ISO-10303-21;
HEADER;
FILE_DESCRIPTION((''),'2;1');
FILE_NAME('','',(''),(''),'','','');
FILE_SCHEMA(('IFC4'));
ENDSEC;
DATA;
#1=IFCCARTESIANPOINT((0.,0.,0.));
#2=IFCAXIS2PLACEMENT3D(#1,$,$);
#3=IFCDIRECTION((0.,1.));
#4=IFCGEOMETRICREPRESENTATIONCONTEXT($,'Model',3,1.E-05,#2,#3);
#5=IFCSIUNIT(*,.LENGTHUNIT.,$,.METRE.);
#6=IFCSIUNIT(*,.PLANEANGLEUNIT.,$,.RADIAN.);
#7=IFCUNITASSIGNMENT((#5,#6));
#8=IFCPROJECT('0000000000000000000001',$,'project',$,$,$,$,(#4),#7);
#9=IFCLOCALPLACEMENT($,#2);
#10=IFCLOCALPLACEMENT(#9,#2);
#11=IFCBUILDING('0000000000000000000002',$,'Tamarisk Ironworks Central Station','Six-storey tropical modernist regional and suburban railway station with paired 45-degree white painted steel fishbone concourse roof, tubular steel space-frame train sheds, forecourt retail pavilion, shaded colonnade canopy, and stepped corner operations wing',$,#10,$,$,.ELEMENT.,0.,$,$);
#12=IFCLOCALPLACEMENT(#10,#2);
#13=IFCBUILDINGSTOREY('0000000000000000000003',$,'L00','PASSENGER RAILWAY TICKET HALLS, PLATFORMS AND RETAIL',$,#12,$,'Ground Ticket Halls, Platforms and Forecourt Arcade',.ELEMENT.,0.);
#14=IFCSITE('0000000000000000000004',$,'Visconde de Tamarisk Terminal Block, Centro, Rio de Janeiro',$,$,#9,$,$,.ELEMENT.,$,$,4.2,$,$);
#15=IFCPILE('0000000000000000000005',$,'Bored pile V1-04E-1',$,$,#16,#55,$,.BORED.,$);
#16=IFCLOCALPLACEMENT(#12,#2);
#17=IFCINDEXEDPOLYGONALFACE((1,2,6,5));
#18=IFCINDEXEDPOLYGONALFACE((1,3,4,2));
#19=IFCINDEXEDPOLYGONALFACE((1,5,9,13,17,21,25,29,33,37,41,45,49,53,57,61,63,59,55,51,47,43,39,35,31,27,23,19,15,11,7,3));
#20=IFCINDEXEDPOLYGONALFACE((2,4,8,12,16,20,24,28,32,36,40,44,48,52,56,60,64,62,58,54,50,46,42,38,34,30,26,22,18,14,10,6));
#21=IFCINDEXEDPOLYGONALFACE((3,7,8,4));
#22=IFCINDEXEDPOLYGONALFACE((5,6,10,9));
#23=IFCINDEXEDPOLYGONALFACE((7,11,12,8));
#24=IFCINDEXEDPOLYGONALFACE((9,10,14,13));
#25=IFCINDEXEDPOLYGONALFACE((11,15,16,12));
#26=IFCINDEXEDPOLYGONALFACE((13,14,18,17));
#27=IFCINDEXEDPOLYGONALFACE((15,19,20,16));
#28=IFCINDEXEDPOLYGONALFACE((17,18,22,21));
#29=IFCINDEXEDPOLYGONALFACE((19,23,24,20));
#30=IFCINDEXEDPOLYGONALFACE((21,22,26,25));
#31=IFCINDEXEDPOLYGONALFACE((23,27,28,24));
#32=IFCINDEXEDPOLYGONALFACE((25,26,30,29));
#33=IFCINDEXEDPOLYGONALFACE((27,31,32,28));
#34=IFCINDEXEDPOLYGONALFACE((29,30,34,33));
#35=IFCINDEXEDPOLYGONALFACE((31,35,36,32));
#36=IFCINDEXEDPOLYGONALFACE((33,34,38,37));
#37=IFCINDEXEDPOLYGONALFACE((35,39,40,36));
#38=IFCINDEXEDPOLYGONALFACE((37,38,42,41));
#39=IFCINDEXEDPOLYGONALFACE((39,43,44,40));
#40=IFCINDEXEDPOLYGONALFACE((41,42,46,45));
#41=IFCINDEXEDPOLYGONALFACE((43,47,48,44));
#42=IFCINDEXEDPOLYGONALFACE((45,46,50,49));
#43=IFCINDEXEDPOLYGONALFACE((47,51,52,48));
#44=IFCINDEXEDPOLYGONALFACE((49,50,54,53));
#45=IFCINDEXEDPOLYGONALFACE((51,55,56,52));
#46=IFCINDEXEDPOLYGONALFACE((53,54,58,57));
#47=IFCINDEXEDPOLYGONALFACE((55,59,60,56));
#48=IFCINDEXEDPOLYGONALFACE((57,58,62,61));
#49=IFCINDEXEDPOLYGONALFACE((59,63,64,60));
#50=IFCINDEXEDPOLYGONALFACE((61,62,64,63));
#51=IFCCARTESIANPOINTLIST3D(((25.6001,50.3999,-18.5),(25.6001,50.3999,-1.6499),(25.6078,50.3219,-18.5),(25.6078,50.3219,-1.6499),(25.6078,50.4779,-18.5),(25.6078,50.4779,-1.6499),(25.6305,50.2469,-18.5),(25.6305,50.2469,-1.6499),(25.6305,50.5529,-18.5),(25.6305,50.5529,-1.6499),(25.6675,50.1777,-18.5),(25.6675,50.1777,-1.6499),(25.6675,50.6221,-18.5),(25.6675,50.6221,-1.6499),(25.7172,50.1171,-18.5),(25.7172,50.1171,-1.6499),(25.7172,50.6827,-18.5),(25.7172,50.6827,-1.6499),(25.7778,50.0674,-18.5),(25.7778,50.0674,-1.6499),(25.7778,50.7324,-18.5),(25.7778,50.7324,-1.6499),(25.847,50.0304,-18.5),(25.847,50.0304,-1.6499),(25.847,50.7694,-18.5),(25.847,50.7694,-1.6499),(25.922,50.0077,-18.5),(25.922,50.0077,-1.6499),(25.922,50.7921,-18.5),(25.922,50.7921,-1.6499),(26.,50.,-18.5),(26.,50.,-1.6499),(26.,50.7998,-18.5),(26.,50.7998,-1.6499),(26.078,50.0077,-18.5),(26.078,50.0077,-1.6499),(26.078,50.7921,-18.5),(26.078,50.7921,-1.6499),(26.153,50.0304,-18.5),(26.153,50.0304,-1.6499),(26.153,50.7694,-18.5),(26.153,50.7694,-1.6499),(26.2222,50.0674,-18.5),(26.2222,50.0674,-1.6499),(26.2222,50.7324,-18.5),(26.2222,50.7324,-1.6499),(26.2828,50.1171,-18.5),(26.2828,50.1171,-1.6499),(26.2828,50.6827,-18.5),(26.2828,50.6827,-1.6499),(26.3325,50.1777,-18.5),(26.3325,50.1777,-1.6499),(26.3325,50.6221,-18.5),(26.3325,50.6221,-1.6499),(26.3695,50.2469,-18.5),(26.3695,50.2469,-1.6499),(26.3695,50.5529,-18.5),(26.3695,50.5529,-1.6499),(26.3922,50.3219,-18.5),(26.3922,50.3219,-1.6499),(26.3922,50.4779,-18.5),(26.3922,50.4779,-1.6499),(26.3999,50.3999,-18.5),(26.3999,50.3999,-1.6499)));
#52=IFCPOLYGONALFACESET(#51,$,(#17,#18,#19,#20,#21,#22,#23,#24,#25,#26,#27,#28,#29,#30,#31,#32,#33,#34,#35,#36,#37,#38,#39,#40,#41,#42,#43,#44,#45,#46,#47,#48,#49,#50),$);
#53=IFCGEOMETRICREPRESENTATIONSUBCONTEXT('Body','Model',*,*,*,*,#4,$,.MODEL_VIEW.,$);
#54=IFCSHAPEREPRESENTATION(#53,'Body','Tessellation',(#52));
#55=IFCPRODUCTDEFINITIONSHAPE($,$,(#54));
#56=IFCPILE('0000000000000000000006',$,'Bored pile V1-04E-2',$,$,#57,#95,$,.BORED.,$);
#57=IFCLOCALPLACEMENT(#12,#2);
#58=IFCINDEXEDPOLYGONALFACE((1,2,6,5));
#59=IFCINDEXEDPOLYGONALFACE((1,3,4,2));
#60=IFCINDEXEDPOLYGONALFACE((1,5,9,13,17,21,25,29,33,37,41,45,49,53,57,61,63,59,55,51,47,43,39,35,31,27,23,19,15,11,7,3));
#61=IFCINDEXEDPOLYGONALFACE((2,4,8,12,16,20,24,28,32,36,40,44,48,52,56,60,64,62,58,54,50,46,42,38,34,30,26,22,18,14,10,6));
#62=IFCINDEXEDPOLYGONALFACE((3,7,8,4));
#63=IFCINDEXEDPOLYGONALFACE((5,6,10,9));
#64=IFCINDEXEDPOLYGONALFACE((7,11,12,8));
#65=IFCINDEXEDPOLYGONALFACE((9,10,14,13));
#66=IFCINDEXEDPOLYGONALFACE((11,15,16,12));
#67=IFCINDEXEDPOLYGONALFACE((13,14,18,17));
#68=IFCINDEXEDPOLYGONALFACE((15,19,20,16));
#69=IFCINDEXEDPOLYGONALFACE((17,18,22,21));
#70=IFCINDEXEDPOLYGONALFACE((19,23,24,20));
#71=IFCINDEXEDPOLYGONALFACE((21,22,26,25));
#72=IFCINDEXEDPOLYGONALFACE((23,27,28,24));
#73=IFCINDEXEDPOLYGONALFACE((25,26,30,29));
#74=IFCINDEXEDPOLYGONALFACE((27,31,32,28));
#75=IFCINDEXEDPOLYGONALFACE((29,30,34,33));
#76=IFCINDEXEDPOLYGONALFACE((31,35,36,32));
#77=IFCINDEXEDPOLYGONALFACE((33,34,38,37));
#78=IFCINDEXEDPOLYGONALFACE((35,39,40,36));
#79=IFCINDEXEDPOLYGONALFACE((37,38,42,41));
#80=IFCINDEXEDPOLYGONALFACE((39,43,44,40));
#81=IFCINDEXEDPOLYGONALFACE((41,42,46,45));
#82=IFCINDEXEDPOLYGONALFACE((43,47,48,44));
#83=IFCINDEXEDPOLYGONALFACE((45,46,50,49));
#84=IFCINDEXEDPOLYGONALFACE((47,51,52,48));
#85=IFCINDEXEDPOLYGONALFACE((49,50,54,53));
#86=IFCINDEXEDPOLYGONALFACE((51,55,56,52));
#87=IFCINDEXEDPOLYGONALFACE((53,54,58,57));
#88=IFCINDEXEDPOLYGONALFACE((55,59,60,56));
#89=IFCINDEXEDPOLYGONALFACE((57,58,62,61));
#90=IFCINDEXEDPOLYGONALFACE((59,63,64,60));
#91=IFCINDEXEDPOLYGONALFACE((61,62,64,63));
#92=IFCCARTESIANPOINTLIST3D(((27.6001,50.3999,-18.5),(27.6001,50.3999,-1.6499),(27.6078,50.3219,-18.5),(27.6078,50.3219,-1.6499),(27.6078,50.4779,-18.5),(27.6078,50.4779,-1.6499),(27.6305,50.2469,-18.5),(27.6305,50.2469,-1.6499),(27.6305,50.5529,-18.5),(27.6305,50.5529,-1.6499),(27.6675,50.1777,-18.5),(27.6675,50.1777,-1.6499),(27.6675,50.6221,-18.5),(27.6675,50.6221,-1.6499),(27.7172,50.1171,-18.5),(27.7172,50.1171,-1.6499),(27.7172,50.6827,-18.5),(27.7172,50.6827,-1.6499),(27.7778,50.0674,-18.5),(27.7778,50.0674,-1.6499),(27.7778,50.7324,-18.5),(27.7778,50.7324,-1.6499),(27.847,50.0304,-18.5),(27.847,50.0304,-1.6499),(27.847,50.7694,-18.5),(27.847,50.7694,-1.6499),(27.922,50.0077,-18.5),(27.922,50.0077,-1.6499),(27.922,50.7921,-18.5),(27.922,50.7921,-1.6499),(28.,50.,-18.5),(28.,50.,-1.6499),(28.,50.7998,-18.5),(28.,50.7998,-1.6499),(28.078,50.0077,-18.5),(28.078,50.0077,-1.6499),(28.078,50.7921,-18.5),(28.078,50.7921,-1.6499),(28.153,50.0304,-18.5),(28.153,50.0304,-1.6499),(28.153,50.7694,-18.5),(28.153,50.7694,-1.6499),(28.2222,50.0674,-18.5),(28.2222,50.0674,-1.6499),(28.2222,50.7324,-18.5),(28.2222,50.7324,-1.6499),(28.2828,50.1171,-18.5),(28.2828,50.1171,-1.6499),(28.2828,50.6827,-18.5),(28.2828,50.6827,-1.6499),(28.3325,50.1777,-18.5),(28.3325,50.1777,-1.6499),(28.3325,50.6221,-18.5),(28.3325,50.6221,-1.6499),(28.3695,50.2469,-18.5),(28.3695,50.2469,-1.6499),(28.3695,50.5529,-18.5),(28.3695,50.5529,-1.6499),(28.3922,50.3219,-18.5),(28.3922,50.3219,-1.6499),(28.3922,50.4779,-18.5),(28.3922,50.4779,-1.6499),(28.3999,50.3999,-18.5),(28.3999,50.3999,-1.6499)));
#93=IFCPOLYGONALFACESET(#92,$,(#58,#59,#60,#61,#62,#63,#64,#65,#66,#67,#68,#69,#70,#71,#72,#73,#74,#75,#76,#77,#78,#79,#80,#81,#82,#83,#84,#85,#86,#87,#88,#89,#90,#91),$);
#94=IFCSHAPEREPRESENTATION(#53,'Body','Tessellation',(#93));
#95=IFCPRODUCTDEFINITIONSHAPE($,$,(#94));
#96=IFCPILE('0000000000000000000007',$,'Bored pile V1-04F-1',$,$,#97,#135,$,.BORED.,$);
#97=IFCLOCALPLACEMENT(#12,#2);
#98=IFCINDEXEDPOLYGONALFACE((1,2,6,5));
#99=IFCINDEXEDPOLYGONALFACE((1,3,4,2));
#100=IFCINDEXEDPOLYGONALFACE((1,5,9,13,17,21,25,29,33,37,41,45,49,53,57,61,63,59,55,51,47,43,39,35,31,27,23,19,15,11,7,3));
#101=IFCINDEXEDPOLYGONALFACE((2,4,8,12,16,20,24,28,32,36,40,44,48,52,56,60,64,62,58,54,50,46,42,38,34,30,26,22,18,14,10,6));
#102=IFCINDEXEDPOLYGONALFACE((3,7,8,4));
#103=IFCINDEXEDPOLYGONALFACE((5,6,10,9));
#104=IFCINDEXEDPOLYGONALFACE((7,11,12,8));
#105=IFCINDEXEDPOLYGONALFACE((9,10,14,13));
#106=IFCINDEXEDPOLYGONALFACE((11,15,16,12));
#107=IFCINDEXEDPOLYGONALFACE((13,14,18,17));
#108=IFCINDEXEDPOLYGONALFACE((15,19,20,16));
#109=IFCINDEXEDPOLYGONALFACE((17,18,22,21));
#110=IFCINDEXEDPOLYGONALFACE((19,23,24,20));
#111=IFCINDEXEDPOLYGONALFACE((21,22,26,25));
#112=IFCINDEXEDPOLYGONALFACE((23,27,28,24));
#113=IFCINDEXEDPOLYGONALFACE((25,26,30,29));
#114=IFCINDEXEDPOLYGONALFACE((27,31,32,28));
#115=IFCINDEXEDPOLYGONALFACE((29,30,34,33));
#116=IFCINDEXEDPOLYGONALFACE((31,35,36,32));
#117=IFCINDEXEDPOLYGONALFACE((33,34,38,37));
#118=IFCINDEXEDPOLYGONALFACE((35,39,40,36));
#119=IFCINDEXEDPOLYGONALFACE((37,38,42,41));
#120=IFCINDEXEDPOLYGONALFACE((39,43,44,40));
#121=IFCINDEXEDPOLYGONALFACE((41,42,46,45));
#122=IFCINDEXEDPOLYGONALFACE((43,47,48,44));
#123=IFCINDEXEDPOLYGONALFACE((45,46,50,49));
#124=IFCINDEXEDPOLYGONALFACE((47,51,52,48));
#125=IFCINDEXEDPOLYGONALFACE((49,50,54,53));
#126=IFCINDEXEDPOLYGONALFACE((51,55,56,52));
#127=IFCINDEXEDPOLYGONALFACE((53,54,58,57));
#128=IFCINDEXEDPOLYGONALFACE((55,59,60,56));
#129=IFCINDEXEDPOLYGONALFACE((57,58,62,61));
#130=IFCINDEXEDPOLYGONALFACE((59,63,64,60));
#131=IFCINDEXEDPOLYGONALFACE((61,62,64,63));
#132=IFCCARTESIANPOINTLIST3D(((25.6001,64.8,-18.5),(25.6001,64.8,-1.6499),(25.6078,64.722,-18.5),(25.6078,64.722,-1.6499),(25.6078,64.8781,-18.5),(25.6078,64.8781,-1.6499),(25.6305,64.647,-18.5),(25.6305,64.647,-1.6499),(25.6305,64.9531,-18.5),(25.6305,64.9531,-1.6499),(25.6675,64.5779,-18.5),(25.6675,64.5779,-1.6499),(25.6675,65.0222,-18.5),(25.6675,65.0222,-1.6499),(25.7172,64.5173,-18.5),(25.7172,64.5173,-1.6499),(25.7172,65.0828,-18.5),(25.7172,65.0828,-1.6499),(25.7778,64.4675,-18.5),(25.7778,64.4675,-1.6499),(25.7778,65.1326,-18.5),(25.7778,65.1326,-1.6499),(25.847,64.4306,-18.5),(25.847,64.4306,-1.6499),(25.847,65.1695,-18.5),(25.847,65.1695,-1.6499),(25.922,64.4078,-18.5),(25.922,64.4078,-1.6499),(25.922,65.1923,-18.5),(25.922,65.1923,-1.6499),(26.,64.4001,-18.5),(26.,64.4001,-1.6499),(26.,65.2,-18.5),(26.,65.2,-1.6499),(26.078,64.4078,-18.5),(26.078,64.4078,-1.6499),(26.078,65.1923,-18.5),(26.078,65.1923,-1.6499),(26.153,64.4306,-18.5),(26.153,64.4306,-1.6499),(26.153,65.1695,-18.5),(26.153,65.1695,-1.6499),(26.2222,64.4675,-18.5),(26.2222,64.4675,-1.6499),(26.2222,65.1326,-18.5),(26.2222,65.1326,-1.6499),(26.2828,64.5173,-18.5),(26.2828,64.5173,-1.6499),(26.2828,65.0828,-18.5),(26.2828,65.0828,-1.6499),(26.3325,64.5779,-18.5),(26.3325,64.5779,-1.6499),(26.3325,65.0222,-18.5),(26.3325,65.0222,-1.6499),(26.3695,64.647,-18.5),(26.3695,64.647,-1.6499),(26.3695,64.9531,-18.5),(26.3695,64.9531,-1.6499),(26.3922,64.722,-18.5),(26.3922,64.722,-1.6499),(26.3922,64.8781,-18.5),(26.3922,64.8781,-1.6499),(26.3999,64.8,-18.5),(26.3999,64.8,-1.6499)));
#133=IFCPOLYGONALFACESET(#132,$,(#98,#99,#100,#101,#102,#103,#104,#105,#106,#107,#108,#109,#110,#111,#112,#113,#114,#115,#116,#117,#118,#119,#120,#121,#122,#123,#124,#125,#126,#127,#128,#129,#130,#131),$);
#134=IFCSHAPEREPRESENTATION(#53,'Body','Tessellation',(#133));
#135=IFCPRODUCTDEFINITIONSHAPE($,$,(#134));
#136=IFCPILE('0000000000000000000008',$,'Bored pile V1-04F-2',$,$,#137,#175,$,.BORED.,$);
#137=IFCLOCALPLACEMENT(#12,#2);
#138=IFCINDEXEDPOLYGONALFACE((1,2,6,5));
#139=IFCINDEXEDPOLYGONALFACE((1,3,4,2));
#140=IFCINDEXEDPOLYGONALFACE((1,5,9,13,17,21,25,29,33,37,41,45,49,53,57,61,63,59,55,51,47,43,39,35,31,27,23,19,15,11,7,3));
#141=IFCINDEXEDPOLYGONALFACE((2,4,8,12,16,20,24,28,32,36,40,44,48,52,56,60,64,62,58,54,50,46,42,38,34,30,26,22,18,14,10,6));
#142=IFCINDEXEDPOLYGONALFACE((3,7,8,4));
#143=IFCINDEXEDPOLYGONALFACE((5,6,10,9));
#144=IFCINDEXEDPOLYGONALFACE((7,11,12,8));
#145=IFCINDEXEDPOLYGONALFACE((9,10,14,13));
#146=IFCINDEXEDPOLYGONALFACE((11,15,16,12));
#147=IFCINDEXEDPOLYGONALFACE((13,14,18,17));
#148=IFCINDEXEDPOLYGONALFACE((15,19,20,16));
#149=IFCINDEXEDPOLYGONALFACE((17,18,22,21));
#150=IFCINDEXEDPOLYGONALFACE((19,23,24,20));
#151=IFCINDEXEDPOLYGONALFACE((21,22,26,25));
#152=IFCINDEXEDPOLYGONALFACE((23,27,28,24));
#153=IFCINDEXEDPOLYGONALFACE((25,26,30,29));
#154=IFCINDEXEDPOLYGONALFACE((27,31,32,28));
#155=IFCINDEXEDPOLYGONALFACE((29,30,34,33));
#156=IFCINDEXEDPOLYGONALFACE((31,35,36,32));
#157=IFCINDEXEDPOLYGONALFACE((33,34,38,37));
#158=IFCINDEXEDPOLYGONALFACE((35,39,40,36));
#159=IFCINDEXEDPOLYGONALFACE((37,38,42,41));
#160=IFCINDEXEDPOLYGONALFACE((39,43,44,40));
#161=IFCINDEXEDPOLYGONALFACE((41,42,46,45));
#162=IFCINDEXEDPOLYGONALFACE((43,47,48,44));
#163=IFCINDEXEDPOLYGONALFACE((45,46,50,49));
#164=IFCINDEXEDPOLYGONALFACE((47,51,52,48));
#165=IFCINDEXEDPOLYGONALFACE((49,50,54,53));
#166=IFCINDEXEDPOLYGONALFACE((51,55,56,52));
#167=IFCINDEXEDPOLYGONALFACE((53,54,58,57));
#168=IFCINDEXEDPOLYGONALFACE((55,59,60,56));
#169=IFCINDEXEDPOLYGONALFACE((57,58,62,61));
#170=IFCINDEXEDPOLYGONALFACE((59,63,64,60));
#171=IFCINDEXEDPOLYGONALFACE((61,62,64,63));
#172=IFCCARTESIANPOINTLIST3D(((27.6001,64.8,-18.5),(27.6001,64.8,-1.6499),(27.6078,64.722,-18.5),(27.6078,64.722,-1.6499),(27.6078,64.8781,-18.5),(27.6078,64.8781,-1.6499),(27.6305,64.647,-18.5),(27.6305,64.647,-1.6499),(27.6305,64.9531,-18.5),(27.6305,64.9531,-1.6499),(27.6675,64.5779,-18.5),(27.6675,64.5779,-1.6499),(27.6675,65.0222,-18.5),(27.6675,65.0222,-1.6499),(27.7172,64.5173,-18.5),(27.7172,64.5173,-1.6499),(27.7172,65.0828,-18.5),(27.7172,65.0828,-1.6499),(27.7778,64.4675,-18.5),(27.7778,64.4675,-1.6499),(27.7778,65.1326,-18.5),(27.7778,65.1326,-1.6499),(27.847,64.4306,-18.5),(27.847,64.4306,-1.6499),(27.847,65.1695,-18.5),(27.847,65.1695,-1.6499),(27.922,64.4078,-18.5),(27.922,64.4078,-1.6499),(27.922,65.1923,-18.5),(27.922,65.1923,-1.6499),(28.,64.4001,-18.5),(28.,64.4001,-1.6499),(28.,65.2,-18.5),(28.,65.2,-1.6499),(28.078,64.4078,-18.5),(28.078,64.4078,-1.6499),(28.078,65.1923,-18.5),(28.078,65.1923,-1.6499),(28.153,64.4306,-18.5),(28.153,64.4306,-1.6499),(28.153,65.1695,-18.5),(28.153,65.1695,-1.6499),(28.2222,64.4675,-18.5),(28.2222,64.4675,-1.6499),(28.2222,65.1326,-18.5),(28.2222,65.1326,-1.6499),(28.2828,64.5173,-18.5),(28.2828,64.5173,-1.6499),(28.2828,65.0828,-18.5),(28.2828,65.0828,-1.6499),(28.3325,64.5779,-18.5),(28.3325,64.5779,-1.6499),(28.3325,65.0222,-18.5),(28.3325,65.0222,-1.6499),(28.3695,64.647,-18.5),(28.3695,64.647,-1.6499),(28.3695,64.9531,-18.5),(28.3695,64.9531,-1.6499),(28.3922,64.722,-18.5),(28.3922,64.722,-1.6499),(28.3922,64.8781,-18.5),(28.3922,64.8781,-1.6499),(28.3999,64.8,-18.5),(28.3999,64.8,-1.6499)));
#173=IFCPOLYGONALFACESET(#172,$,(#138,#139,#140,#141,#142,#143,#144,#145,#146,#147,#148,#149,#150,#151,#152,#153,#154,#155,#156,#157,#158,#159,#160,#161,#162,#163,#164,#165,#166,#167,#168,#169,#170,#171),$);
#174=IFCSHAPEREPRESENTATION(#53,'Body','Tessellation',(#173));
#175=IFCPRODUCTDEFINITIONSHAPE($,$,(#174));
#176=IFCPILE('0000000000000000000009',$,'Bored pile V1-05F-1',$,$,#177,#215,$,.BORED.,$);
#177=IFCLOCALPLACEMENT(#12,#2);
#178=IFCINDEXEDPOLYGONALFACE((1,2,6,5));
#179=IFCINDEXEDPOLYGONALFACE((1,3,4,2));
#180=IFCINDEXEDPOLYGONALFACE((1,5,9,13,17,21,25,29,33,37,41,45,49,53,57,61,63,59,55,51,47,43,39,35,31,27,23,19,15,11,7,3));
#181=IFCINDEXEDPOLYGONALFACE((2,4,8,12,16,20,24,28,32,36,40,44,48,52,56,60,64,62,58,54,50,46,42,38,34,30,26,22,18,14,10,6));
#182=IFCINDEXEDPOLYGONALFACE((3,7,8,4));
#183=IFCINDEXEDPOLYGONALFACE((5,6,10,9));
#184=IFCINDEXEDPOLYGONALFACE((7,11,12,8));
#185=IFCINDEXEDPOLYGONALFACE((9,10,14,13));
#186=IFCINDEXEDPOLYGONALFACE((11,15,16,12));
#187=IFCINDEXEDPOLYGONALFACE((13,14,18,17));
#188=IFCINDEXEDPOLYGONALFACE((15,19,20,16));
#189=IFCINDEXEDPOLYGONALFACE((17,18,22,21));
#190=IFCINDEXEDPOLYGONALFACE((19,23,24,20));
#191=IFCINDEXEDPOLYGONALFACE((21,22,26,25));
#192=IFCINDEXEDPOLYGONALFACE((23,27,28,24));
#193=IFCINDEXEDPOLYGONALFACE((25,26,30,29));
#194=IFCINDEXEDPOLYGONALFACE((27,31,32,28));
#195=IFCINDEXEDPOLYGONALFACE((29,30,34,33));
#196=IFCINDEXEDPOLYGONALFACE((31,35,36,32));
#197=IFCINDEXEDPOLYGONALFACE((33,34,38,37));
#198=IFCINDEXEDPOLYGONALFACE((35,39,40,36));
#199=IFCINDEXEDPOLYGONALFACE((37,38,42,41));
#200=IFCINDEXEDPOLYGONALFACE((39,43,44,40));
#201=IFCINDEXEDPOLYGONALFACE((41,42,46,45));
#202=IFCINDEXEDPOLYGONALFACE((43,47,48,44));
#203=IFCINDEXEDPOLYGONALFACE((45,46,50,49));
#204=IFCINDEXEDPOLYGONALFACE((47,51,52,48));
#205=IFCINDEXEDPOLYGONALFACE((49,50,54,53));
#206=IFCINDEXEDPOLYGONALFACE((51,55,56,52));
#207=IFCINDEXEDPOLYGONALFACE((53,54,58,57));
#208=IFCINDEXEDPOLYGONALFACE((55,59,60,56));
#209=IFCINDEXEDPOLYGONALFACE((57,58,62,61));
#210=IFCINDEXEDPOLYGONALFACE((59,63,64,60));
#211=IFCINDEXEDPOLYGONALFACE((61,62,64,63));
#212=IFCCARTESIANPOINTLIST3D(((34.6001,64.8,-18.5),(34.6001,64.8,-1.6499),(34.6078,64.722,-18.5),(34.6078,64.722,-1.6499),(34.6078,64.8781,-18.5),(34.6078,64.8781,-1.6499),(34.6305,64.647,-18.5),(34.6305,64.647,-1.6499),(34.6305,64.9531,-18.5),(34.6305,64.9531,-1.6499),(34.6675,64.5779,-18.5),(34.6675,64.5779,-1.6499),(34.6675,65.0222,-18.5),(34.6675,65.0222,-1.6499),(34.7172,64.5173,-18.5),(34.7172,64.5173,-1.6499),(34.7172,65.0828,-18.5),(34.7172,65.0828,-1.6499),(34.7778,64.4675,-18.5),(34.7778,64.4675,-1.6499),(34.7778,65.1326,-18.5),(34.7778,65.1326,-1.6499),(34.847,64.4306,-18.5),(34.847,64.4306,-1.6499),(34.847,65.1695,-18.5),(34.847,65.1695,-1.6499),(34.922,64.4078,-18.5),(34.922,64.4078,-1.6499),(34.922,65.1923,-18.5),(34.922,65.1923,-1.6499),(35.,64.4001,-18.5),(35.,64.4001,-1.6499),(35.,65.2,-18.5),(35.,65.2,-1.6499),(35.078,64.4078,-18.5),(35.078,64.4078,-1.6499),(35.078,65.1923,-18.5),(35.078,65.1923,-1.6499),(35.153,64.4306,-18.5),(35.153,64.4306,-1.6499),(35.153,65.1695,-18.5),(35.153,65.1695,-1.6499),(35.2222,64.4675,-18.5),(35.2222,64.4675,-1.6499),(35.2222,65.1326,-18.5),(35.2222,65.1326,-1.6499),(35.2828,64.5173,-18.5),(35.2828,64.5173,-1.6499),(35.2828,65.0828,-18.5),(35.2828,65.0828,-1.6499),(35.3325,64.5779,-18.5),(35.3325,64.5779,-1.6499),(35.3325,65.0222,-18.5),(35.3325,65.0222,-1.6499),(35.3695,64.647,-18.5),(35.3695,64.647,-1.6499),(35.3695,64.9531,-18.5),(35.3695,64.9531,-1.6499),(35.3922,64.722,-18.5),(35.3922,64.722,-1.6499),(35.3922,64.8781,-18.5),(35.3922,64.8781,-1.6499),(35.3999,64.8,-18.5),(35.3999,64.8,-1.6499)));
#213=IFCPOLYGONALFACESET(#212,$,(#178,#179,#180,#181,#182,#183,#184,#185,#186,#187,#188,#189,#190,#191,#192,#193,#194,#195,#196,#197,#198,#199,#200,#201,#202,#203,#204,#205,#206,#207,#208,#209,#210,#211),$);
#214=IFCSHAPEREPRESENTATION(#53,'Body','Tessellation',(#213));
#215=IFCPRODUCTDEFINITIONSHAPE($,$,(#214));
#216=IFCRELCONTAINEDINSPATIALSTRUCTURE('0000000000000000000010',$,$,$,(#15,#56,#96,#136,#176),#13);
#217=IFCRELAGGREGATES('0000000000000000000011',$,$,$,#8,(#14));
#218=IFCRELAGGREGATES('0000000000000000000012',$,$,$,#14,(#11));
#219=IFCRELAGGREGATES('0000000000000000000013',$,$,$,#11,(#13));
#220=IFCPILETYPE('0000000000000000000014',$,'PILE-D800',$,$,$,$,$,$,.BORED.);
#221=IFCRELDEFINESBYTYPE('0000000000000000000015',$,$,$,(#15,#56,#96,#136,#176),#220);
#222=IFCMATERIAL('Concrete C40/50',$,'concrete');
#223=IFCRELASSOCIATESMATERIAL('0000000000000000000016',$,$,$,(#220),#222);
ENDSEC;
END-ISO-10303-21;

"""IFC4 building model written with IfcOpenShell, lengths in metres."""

from ifc_helpers import new_model, si_unit, direction, frame, origin, origin_2d, place, context, subcontext, project, spatial, circle, extrude, material, material_profile, profile_set, type_object, element, save


model = new_model("IFC4")

# Units and contexts
model_context = context("Model", 3, precision=1e-05, world=origin(), true_north=direction((0.0, 1.0)))
body_context = subcontext(model_context, "Body", "Model", "MODEL_VIEW")
ifc_project = project(units=[si_unit("LENGTHUNIT", "METRE"), si_unit("PLANEANGLEUNIT", "RADIAN")], contexts=[model_context])

# Site, building, storey
site_placement = place(None, origin())
site = spatial("IfcSite", under=ifc_project, at=site_placement, Name="Visconde de Tamarisk Terminal Block, Centro, Rio de Janeiro", CompositionType="ELEMENT", RefElevation=4.2)
building_placement = place(site_placement, origin())
building = spatial("IfcBuilding", under=site, at=building_placement, Name="Tamarisk Ironworks Central Station", Description="Six-storey tropical modernist regional and suburban railway station with paired 45-degree white painted steel fishbone concourse roof, tubular steel space-frame train sheds, forecourt retail pavilion, shaded colonnade canopy, and stepped corner operations wing", CompositionType="ELEMENT", ElevationOfRefHeight=0.0)
storey_placement = place(building_placement, origin())
storey = spatial("IfcBuildingStorey", under=building, at=storey_placement, Name="L00", Description="PASSENGER RAILWAY TICKET HALLS, PLATFORMS AND RETAIL", LongName="Ground Ticket Halls, Platforms and Forecourt Arcade", CompositionType="ELEMENT", Elevation=0.0)

# Shared definitions
ifc_material_1 = material(Name="Concrete C40/50", Category="concrete")

# Piles
ifc_material_profile_1 = material_profile(ifc_material_1, circle(Radius=0.3999, at=origin_2d()), Name="BORED PILE D800")
ifc_profile_set_1 = profile_set([ifc_material_profile_1], Name="Concrete C40/50")
pile_type_1 = type_object("IfcPileType", Name="PILE-D800", PredefinedType="BORED", material=ifc_profile_set_1)
for number, where, z_axis, x_axis, name in (
    (1, (26.0, 50.3999, -1.6499), (0.0, 0.0, -1.0), (1.0, 0.0, 0.0), "Bored pile V1-04E-1"),
    (2, (28.0, 50.3999, -1.6499), (0.0, 0.0, -1.0), (1.0, 0.0, 0.0), "Bored pile V1-04E-2"),
    (3, (26.0, 64.8, -1.6499), (0.0, 0.0, -1.0), (1.0, 0.0, 0.0), "Bored pile V1-04F-1"),
    (4, (28.0, 64.8, -1.6499), (0.0, 0.0, -1.0), (1.0, 0.0, 0.0), "Bored pile V1-04F-2"),
    (5, (35.0, 64.8, -1.6499), (0.0, 0.0, -1.0), (1.0, 0.0, 0.0), "Bored pile V1-05F-1"),
):
    element("IfcPile", number, at=place(storey_placement, frame(where, z_axis=z_axis, x_axis=x_axis)), inside=storey, type_object=pile_type_1, Name=name, PredefinedType="BORED", context=body_context, shape_type="SweptSolid", body=[
        extrude(circle(Radius=0.3999, at=origin_2d()), origin(), (0.0, 0.0, 1.0), 16.8501),
    ])

save(model, "model.ifc")
